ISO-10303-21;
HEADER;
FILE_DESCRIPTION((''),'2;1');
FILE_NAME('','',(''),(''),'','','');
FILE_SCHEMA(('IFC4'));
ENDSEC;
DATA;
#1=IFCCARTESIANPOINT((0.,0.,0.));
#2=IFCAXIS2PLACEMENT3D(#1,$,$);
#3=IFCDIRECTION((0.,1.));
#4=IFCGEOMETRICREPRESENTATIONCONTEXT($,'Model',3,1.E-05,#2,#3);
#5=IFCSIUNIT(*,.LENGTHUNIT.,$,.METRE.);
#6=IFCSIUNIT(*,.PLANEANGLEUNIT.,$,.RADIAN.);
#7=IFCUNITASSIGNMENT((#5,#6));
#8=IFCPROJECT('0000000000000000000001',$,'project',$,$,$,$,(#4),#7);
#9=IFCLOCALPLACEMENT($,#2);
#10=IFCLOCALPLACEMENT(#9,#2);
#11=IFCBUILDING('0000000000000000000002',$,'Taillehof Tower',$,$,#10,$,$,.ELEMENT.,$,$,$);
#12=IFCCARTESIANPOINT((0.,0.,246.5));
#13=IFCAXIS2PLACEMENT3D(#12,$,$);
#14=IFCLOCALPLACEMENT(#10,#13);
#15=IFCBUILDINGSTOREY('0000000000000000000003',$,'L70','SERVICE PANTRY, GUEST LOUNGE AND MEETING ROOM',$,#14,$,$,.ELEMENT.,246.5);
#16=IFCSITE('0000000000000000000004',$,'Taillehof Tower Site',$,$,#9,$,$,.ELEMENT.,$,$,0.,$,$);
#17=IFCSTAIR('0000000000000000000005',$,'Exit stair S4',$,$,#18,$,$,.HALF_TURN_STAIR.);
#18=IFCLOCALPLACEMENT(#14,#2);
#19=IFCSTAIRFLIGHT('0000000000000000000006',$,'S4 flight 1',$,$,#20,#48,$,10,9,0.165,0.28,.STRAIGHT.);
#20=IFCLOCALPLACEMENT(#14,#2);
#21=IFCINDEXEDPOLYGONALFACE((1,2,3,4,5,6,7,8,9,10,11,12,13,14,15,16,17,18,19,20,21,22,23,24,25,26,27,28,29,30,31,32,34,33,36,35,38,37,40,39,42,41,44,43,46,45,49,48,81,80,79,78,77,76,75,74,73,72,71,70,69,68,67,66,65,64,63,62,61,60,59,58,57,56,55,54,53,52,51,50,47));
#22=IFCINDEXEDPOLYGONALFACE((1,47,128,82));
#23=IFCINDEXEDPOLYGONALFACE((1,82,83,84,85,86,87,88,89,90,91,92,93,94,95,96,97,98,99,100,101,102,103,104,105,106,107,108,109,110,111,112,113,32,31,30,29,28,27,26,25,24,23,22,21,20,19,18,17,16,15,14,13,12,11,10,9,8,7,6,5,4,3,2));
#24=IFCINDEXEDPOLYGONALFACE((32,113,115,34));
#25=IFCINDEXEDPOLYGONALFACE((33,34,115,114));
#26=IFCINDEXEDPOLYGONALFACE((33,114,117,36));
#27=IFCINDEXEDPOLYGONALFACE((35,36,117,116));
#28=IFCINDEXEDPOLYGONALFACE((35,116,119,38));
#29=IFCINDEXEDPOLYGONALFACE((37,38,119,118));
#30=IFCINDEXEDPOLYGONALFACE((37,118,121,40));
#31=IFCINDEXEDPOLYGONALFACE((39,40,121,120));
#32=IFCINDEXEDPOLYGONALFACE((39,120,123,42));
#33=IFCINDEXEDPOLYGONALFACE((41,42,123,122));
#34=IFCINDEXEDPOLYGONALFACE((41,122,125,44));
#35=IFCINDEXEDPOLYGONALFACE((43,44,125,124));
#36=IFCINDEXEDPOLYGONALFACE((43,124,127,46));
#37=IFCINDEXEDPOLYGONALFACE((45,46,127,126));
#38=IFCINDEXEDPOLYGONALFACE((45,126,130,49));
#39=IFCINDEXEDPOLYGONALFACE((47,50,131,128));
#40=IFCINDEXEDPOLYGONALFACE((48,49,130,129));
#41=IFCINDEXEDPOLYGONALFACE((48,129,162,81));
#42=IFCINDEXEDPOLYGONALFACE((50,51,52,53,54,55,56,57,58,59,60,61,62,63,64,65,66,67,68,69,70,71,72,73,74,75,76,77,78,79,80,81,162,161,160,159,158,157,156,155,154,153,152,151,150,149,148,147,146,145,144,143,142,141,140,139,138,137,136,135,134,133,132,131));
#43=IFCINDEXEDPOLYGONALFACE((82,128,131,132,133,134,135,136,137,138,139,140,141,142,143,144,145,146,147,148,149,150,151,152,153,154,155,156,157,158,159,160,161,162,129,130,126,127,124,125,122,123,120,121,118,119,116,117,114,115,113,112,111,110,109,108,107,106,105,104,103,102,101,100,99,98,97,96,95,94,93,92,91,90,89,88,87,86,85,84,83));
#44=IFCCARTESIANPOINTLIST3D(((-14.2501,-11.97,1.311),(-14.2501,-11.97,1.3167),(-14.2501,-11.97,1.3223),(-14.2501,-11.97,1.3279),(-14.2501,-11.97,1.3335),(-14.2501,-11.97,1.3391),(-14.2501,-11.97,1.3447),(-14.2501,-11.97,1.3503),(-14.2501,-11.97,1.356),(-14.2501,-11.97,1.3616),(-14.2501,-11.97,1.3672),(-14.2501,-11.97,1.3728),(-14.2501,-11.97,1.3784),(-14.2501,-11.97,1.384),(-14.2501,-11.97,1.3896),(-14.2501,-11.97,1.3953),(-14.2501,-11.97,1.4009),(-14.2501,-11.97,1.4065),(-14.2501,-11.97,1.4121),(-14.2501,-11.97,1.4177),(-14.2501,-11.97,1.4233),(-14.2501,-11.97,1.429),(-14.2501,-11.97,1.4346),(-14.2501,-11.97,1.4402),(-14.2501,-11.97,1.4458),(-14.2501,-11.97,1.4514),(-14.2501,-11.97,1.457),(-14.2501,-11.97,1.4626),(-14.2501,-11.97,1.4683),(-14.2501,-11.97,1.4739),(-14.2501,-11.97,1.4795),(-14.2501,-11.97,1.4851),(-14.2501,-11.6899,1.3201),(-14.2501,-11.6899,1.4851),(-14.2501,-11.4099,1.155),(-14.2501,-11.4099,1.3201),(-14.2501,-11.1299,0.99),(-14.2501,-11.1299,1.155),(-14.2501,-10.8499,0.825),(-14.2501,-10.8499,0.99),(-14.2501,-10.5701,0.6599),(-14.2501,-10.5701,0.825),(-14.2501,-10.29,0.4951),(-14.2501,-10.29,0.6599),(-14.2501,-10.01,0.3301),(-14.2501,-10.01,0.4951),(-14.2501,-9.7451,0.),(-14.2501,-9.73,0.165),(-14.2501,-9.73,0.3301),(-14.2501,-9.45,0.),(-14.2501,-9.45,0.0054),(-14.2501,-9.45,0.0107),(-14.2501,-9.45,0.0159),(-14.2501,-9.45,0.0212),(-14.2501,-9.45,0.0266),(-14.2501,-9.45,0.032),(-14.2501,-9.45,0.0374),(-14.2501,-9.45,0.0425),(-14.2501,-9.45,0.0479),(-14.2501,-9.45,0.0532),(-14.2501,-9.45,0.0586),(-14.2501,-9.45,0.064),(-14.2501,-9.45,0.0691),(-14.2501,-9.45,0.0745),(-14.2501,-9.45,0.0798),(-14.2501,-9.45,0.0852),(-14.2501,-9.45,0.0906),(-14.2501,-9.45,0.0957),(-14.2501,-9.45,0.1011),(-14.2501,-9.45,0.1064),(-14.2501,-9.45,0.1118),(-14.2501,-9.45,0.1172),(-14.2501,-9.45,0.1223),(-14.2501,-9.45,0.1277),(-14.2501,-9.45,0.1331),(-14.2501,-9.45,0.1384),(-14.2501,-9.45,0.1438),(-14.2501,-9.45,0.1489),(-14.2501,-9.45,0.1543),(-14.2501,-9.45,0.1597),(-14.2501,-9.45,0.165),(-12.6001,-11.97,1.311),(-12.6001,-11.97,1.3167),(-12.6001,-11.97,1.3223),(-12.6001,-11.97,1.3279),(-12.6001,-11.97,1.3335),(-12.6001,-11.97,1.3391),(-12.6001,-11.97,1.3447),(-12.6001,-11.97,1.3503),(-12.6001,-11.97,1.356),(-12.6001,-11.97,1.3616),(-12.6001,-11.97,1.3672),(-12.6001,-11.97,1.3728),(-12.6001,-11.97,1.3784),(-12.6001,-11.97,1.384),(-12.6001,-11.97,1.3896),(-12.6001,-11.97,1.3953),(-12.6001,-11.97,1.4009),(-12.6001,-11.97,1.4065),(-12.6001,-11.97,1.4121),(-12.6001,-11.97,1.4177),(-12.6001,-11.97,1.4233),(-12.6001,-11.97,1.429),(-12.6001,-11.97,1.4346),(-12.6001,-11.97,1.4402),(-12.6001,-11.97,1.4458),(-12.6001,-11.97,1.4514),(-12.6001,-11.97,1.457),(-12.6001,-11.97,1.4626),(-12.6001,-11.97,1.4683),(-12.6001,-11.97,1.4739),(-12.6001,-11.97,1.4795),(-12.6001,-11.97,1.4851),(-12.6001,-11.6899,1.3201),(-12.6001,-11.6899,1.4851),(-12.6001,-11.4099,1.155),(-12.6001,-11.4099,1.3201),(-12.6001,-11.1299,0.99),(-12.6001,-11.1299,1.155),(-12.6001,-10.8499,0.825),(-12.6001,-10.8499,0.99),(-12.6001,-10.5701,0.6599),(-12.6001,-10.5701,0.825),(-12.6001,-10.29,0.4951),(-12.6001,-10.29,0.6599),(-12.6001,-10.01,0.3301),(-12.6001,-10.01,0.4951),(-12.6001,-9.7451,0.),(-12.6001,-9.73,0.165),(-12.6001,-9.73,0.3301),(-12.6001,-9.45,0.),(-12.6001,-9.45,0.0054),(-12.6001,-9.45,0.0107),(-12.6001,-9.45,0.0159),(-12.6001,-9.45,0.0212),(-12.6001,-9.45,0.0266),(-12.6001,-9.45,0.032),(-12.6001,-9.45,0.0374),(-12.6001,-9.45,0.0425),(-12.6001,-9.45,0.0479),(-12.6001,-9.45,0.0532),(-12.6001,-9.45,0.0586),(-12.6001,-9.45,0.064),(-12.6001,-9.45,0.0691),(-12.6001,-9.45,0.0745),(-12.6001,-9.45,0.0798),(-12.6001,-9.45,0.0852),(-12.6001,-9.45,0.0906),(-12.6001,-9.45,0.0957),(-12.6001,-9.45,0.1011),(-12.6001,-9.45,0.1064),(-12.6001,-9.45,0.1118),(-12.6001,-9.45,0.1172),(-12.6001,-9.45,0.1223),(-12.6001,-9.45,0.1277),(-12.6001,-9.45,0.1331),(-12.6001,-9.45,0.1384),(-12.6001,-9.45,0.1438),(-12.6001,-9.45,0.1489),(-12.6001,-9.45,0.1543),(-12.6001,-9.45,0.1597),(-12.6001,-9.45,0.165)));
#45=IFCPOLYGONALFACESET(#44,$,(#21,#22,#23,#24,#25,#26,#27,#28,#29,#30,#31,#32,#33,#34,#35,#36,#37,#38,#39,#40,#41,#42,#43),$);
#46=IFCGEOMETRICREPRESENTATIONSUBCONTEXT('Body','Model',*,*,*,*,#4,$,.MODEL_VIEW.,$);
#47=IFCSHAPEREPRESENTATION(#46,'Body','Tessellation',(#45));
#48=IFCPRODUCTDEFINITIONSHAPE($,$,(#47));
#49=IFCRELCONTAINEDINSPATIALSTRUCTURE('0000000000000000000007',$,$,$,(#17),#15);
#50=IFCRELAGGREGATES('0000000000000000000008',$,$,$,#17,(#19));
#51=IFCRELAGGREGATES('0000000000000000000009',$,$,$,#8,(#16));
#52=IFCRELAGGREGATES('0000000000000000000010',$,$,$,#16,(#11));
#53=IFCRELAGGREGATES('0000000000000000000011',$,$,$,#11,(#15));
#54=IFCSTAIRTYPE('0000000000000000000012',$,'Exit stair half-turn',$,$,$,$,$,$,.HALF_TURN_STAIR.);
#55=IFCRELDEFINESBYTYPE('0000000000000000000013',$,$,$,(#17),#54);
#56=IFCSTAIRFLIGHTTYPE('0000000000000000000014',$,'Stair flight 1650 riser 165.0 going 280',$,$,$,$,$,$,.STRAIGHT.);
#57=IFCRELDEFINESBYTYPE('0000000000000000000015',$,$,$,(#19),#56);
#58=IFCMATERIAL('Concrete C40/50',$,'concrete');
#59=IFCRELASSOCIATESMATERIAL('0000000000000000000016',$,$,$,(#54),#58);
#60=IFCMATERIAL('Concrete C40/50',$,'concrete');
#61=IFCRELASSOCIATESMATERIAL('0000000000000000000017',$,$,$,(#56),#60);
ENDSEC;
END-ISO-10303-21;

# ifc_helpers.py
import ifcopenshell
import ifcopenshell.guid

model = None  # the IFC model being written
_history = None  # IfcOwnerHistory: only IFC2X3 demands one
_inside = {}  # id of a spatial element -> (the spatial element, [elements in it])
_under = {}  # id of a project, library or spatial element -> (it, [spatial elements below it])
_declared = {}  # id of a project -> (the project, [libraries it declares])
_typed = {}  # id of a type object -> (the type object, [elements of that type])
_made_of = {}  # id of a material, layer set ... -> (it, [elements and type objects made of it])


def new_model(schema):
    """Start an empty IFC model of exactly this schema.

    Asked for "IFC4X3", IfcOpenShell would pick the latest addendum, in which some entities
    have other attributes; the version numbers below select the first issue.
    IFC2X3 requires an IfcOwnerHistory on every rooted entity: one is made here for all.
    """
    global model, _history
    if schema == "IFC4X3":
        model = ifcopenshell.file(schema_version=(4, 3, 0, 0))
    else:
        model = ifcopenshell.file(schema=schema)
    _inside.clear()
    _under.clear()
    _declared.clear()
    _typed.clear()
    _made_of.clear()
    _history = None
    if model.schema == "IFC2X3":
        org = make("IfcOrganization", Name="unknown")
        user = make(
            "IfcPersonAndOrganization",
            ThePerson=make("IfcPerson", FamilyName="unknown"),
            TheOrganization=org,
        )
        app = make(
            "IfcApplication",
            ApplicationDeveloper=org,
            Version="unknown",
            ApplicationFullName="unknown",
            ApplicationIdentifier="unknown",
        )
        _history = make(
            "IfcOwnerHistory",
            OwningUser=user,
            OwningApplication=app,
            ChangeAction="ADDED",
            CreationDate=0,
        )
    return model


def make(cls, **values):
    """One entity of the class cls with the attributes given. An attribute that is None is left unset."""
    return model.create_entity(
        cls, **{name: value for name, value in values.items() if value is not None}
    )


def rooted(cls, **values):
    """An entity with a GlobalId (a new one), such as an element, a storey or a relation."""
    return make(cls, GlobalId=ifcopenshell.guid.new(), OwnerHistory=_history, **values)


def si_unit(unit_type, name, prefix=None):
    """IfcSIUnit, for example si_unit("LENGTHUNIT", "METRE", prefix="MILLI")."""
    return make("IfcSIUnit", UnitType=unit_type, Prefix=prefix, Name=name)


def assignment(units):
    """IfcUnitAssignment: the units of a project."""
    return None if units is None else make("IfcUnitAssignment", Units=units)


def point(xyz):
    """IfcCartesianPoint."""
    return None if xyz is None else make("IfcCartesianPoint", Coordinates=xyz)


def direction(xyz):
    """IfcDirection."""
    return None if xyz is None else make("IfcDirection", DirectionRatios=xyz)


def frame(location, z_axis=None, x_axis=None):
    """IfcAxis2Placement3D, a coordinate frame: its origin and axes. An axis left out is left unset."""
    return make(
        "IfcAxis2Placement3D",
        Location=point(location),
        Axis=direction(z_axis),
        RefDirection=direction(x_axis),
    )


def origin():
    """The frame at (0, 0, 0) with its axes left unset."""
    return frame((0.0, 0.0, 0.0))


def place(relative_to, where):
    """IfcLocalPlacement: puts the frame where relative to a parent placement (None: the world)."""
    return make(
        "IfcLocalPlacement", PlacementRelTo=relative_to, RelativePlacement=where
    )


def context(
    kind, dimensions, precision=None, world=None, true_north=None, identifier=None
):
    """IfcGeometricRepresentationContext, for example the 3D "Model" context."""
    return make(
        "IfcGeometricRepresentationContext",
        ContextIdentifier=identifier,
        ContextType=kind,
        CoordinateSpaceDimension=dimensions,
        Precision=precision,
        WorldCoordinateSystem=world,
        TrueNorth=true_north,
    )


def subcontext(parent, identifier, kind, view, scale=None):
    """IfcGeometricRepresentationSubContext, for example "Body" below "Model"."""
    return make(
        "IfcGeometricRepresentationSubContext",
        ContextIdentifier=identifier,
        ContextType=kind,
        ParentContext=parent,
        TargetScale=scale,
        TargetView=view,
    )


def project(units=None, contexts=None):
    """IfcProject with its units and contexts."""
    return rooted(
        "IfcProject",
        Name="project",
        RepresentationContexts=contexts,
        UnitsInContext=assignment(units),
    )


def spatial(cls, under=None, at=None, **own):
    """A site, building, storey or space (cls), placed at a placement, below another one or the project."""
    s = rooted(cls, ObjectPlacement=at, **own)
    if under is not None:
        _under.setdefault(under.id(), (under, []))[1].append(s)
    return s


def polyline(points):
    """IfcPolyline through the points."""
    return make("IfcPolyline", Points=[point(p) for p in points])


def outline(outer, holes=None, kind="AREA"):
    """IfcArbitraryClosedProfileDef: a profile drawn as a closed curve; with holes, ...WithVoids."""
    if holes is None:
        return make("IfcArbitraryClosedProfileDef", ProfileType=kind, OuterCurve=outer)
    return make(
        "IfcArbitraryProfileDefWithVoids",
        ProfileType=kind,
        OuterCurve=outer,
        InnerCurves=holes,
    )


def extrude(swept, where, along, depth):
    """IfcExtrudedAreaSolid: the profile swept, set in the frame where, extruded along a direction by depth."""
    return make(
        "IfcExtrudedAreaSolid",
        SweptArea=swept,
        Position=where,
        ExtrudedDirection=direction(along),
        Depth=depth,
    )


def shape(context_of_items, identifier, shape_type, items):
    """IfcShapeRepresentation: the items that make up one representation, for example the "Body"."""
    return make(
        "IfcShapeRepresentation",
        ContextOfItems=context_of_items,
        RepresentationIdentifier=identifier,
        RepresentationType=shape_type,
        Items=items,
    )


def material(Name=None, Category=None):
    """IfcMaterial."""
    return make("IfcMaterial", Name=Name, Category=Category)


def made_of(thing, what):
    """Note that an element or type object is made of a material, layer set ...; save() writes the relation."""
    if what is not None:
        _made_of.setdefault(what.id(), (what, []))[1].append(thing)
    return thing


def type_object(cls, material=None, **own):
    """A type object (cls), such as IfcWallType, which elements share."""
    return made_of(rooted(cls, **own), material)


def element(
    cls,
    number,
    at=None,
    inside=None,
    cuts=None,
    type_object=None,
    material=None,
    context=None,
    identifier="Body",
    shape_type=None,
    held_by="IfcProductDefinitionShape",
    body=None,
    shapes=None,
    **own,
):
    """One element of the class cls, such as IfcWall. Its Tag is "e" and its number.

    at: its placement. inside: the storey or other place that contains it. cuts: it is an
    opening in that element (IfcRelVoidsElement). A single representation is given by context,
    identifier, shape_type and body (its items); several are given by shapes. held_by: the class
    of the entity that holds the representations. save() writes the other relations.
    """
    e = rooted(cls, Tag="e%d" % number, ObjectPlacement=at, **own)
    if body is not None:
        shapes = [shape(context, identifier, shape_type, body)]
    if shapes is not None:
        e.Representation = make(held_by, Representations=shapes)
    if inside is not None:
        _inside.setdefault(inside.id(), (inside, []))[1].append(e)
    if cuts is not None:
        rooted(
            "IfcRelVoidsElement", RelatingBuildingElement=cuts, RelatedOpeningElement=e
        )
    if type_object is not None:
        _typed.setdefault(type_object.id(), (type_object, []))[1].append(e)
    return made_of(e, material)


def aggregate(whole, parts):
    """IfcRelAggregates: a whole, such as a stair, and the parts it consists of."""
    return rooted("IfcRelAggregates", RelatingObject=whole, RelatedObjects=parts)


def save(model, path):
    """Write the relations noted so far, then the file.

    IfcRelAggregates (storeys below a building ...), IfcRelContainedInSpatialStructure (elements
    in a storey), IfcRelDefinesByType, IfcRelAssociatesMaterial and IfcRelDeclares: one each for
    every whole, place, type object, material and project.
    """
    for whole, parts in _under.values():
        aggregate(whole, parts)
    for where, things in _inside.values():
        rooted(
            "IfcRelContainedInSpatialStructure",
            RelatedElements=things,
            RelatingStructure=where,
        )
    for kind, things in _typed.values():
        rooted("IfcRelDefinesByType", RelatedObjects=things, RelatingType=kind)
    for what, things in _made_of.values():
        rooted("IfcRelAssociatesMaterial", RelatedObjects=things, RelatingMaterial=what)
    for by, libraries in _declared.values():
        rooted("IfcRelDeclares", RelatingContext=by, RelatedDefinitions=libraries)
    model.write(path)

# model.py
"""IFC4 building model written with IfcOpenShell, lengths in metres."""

from ifc_helpers import new_model, si_unit, direction, frame, origin, place, context, subcontext, project, spatial, polyline, outline, extrude, material, type_object, element, aggregate, save


model = new_model("IFC4")

# Units and contexts
model_context = context("Model", 3, precision=1e-05, world=origin(), true_north=direction((0.0, 1.0)))
body_context = subcontext(model_context, "Body", "Model", "MODEL_VIEW")
ifc_project = project(units=[si_unit("LENGTHUNIT", "METRE"), si_unit("PLANEANGLEUNIT", "RADIAN")], contexts=[model_context])

# Site, building, storey
site_placement = place(None, origin())
site = spatial("IfcSite", under=ifc_project, at=site_placement, Name="Taillehof Tower Site", CompositionType="ELEMENT", RefElevation=0.0)
building_placement = place(site_placement, origin())
building = spatial("IfcBuilding", under=site, at=building_placement, Name="Taillehof Tower", CompositionType="ELEMENT")
storey_placement = place(building_placement, frame((0.0, 0.0, 246.5)))
storey = spatial("IfcBuildingStorey", under=building, at=storey_placement, Name="L70", Description="SERVICE PANTRY, GUEST LOUNGE AND MEETING ROOM", CompositionType="ELEMENT", Elevation=246.5)

# Stair, stair flight
ifc_material_1 = material(Name="Concrete C40/50", Category="concrete")
stair_type = type_object("IfcStairType", Name="Exit stair half-turn", PredefinedType="HALF_TURN_STAIR", material=ifc_material_1)
stair_placement = place(storey_placement, origin())
stair = element("IfcStair", 1, at=stair_placement, inside=storey, type_object=stair_type, Name="Exit stair S4", PredefinedType="HALF_TURN_STAIR")
ifc_material_2 = material(Name="Concrete C40/50", Category="concrete")
stair_flight_type = type_object("IfcStairFlightType", Name="Stair flight 1650 riser 165.0 going 280", PredefinedType="STRAIGHT", material=ifc_material_2)
stair_flight_placement = place(storey_placement, frame((-13.425, -9.45, 0.0), z_axis=(0.0, 0.0, 1.0), x_axis=(0.0, -1.0, 0.0)))
stair_flight = element("IfcStairFlight", 2, at=stair_flight_placement, type_object=stair_flight_type, Name="S4 flight 1", NumberOfRisers=10, NumberOfTreads=9, PredefinedType="STRAIGHT", RiserHeight=0.165, TreadLength=0.28, context=body_context, shape_type="SweptSolid", body=[
    extrude(outline(polyline([(0.0, 0.0), (0.0, 0.0054), (0.0, 0.0107), (0.0, 0.0159), (0.0, 0.0212), (0.0, 0.0266), (0.0, 0.032), (0.0, 0.0374), (0.0, 0.0425), (0.0, 0.0479), (0.0, 0.0532), (0.0, 0.0586), (0.0, 0.064), (0.0, 0.0691), (0.0, 0.0745), (0.0, 0.0798), (0.0, 0.0852), (0.0, 0.0906), (0.0, 0.0957), (0.0, 0.1011), (0.0, 0.1064), (0.0, 0.1118), (0.0, 0.1172), (0.0, 0.1223), (0.0, 0.1277), (0.0, 0.1331), (0.0, 0.1384), (0.0, 0.1438), (0.0, 0.1489), (0.0, 0.1543), (0.0, 0.1597), (0.0, 0.165), (0.28, 0.165), (0.28, 0.3301), (0.5601, 0.3301), (0.5601, 0.4951), (0.8401, 0.4951), (0.8401, 0.6599), (1.1201, 0.6599), (1.1201, 0.825), (1.3999, 0.825), (1.3999, 0.99), (1.6799, 0.99), (1.6799, 1.155), (1.96, 1.155), (1.96, 1.3201), (2.24, 1.3201), (2.24, 1.4851), (2.52, 1.4851), (2.52, 1.4795), (2.52, 1.4739), (2.52, 1.4683), (2.52, 1.4626), (2.52, 1.457), (2.52, 1.4514), (2.52, 1.4458), (2.52, 1.4402), (2.52, 1.4346), (2.52, 1.429), (2.52, 1.4233), (2.52, 1.4177), (2.52, 1.4121), (2.52, 1.4065), (2.52, 1.4009), (2.52, 1.3953), (2.52, 1.3896), (2.52, 1.384), (2.52, 1.3784), (2.52, 1.3728), (2.52, 1.3672), (2.52, 1.3616), (2.52, 1.356), (2.52, 1.3503), (2.52, 1.3447), (2.52, 1.3391), (2.52, 1.3335), (2.52, 1.3279), (2.52, 1.3223), (2.52, 1.3167), (2.52, 1.311), (0.2952, 0.0), (0.0, 0.0)])), frame((0.0, 0.825, 0.0), z_axis=(0.0, -1.0, 0.0), x_axis=(1.0, 0.0, 0.0)), (0.0, 0.0, 1.0), 1.65),
])
aggregate(stair, [stair_flight])

save(model, "model.ifc")
